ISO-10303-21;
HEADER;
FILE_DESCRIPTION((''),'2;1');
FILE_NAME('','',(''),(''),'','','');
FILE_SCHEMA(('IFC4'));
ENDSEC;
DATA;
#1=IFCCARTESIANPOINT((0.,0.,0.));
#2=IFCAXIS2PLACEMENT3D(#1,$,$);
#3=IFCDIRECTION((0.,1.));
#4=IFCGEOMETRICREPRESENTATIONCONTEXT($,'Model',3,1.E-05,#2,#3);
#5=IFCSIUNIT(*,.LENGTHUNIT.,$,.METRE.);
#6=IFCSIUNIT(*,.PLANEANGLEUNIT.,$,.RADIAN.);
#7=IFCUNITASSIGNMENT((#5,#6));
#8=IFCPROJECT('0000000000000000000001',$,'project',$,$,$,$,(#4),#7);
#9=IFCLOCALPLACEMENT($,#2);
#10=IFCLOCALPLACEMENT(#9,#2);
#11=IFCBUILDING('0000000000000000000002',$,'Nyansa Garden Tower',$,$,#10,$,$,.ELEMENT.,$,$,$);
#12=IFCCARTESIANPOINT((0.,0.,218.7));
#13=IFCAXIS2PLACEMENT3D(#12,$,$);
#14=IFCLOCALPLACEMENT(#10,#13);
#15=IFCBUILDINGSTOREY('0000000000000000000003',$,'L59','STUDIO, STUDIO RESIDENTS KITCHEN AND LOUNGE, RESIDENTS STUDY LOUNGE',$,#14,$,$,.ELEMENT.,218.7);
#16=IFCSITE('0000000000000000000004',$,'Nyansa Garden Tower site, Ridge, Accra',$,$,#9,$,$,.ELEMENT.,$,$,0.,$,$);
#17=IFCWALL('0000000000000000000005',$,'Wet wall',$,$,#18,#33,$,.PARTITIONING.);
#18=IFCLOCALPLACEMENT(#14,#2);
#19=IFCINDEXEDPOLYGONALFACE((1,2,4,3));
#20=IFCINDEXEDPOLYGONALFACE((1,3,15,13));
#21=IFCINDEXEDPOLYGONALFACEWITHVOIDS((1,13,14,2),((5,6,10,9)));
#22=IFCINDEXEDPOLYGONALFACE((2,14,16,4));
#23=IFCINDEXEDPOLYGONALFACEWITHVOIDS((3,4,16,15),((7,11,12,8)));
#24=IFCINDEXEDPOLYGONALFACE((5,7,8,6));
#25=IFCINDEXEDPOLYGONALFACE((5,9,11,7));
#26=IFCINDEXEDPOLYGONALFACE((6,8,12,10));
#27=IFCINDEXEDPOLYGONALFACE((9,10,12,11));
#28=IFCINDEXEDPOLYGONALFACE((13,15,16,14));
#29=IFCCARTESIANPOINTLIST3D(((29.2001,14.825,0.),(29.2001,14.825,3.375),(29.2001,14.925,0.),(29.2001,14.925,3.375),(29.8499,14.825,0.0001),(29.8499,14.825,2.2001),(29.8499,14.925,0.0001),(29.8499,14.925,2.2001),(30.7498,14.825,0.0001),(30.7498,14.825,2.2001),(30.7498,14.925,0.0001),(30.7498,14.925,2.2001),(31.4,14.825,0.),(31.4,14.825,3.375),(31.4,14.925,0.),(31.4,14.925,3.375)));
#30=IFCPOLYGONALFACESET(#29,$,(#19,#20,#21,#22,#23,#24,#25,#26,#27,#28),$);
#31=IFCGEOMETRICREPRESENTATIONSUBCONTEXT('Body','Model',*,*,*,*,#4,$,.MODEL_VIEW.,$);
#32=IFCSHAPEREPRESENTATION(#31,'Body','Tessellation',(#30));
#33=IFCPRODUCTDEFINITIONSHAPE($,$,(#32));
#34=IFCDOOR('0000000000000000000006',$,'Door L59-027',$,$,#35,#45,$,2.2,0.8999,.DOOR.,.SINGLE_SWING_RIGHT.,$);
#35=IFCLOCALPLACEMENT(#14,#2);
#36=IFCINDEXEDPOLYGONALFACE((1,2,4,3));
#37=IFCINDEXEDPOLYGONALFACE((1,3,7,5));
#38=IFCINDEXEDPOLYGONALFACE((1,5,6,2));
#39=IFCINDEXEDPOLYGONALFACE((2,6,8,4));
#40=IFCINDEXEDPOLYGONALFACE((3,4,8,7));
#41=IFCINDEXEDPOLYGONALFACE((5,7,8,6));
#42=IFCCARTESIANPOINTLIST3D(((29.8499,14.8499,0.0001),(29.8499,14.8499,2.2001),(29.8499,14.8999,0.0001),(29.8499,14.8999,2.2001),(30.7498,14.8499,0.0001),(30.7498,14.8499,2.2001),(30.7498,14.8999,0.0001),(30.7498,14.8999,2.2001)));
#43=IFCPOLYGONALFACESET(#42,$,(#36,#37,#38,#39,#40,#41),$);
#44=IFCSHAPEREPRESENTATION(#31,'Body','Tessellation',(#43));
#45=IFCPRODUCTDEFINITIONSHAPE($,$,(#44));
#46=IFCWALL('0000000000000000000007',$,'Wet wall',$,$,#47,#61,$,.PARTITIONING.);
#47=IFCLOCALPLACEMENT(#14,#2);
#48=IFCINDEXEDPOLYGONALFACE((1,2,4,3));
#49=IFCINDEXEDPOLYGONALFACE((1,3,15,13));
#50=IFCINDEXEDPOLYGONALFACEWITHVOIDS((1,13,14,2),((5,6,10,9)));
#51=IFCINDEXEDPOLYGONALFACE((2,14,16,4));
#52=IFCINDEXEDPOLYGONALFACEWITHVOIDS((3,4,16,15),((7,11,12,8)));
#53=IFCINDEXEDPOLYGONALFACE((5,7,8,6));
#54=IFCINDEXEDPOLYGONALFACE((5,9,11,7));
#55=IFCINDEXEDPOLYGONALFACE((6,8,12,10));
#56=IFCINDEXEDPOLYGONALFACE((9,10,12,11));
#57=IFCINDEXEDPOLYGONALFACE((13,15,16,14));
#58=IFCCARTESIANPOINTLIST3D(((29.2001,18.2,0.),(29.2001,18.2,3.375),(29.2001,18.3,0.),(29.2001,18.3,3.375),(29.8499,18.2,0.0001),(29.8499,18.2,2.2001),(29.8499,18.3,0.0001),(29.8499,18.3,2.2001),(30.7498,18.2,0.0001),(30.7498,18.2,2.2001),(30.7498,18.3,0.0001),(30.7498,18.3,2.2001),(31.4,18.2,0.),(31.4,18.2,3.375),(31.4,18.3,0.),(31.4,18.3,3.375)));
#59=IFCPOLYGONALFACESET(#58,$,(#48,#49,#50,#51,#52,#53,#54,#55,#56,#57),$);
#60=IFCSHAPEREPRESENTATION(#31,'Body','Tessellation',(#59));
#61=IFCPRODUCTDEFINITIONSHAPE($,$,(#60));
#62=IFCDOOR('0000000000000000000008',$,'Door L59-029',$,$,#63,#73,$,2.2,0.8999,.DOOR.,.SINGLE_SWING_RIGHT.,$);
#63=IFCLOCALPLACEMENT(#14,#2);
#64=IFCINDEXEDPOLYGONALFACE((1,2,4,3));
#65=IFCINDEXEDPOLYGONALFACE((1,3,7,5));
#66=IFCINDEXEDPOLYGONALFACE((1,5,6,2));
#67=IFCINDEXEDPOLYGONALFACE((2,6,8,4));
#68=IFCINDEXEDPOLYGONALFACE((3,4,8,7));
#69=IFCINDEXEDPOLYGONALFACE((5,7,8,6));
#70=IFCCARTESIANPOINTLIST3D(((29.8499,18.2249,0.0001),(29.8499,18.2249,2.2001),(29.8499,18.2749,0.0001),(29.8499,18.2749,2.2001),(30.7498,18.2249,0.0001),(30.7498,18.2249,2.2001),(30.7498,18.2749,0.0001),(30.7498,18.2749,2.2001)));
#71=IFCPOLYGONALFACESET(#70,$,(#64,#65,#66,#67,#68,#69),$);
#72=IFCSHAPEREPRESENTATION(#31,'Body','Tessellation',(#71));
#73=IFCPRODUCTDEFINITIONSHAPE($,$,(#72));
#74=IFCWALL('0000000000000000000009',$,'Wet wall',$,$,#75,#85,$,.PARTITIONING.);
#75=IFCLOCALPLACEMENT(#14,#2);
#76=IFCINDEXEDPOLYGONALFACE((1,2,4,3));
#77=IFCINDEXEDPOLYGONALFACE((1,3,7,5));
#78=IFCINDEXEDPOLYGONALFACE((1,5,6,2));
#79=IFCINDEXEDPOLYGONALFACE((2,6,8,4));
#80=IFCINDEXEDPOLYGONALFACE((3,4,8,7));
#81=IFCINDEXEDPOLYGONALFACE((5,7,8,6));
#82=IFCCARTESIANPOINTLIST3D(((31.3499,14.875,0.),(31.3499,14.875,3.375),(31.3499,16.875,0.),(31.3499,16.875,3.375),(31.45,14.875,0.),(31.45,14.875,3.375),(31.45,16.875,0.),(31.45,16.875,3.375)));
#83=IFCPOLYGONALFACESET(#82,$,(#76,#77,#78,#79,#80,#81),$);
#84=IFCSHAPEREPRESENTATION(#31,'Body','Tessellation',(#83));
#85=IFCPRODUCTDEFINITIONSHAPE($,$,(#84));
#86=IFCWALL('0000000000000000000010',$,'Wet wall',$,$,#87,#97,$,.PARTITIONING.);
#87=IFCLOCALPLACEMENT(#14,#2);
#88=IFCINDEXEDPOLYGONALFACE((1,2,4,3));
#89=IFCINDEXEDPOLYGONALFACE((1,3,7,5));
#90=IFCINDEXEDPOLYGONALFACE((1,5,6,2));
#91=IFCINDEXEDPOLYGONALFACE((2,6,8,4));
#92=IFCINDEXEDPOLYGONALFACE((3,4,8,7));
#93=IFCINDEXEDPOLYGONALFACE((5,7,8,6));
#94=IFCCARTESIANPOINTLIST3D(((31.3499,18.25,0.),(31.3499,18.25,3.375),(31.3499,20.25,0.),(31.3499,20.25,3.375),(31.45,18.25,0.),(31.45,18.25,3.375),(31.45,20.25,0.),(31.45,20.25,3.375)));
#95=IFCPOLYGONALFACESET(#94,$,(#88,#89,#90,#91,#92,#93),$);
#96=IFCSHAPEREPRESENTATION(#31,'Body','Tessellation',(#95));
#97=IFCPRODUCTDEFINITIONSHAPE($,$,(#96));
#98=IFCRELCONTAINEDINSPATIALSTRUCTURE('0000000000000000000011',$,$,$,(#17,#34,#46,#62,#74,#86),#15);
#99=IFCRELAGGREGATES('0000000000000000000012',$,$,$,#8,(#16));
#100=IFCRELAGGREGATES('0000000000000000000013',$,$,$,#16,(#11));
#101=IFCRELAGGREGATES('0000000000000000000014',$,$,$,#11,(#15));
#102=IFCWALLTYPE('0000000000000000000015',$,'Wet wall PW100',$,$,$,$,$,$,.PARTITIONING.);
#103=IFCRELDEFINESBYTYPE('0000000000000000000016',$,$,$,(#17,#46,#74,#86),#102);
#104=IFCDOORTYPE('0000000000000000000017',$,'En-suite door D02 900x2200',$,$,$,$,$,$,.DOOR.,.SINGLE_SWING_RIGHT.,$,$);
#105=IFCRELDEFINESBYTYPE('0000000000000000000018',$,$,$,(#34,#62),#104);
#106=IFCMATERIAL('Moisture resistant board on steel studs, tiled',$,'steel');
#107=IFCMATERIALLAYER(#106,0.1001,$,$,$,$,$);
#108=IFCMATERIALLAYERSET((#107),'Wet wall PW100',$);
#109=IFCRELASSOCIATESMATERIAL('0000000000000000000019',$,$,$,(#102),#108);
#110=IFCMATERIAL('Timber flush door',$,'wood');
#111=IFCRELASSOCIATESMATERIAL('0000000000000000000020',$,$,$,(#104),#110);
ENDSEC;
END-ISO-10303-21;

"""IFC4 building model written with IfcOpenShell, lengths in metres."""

from ifc_helpers import new_model, si_unit, direction, frame, frame_2d, origin, place, context, subcontext, project, spatial, rectangle, extrude, material, layer, layer_set, type_object, element, fill, save


model = new_model("IFC4")

# Units and contexts
model_context = context("Model", 3, precision=1e-05, world=origin(), true_north=direction((0.0, 1.0)))
body_context = subcontext(model_context, "Body", "Model", "MODEL_VIEW")
ifc_project = project(units=[si_unit("LENGTHUNIT", "METRE"), si_unit("PLANEANGLEUNIT", "RADIAN")], contexts=[model_context])

# Site, building, storey
site_placement = place(None, origin())
site = spatial("IfcSite", under=ifc_project, at=site_placement, Name="Nyansa Garden Tower site, Ridge, Accra", CompositionType="ELEMENT", RefElevation=0.0)
building_placement = place(site_placement, origin())
building = spatial("IfcBuilding", under=site, at=building_placement, Name="Nyansa Garden Tower", CompositionType="ELEMENT")
storey_placement = place(building_placement, frame((0.0, 0.0, 218.7)))
storey = spatial("IfcBuildingStorey", under=building, at=storey_placement, Name="L59", Description="STUDIO, STUDIO RESIDENTS KITCHEN AND LOUNGE, RESIDENTS STUDY LOUNGE", CompositionType="ELEMENT", Elevation=218.7)

# Walls, openings, doors
ifc_material_1 = material(Name="Moisture resistant board on steel studs, tiled", Category="steel")
ifc_layer_1 = layer(ifc_material_1, 0.1001)
ifc_layer_set_1 = layer_set([ifc_layer_1], Name="Wet wall PW100")
wall_type_1 = type_object("IfcWallType", Name="Wet wall PW100", PredefinedType="PARTITIONING", material=ifc_layer_set_1)
wall_1_placement = place(storey_placement, frame((29.2, 14.875, 0.0), z_axis=(0.0, 0.0, 1.0), x_axis=(1.0, 0.0, 0.0)))
wall_1 = element("IfcWall", 1, at=wall_1_placement, inside=storey, type_object=wall_type_1, Name="Wet wall", PredefinedType="PARTITIONING", context=body_context, shape_type="SweptSolid", body=[
    extrude(rectangle(XDim=2.2, YDim=0.1001, at=frame_2d((1.1001, 0.0))), origin(), (0.0, 0.0, 1.0), 3.375),
])
opening_1_placement = place(wall_1_placement, frame((0.6499, 0.0, 0.0)))
opening_1 = element("IfcOpeningElement", 2, at=opening_1_placement, cuts=wall_1, PredefinedType="OPENING", context=body_context, shape_type="SweptSolid", body=[
    extrude(rectangle(XDim=0.8999, YDim=2.2, at=frame_2d((0.45, 1.1001))), frame((0.0, 0.0601, 0.0), z_axis=(0.0, -1.0, 0.0), x_axis=(1.0, 0.0, 0.0)), (0.0, 0.0, 1.0), 0.1201),
])
ifc_material_2 = material(Name="Timber flush door", Category="wood")
door_type_1 = type_object("IfcDoorType", Name="En-suite door D02 900x2200", OperationType="SINGLE_SWING_RIGHT", PredefinedType="DOOR", material=ifc_material_2)
door_1_placement = place(opening_1_placement, origin())
door_1 = element("IfcDoor", 3, at=door_1_placement, inside=storey, type_object=door_type_1, Name="Door L59-027", OperationType="SINGLE_SWING_RIGHT", OverallHeight=2.2, OverallWidth=0.8999, PredefinedType="DOOR", context=body_context, shape_type="SweptSolid", body=[
    extrude(rectangle(XDim=0.8999, YDim=2.2, at=frame_2d((0.45, 1.1001))), frame((0.0, 0.0249, 0.0), z_axis=(0.0, -1.0, 0.0), x_axis=(1.0, 0.0, 0.0)), (0.0, 0.0, 1.0), 0.05),
])
fill(opening_1, door_1)
wall_2_placement = place(storey_placement, frame((29.2, 18.25, 0.0), z_axis=(0.0, 0.0, 1.0), x_axis=(1.0, 0.0, 0.0)))
wall_2 = element("IfcWall", 4, at=wall_2_placement, inside=storey, type_object=wall_type_1, Name="Wet wall", PredefinedType="PARTITIONING", context=body_context, shape_type="SweptSolid", body=[
    extrude(rectangle(XDim=2.2, YDim=0.1001, at=frame_2d((1.1001, 0.0))), origin(), (0.0, 0.0, 1.0), 3.375),
])
opening_2_placement = place(wall_2_placement, frame((0.6499, 0.0, 0.0)))
opening_2 = element("IfcOpeningElement", 5, at=opening_2_placement, cuts=wall_2, PredefinedType="OPENING", context=body_context, shape_type="SweptSolid", body=[
    extrude(rectangle(XDim=0.8999, YDim=2.2, at=frame_2d((0.45, 1.1001))), frame((0.0, 0.0601, 0.0), z_axis=(0.0, -1.0, 0.0), x_axis=(1.0, 0.0, 0.0)), (0.0, 0.0, 1.0), 0.1201),
])
door_2_placement = place(opening_2_placement, origin())
door_2 = element("IfcDoor", 6, at=door_2_placement, inside=storey, type_object=door_type_1, Name="Door L59-029", OperationType="SINGLE_SWING_RIGHT", OverallHeight=2.2, OverallWidth=0.8999, PredefinedType="DOOR", context=body_context, shape_type="SweptSolid", body=[
    extrude(rectangle(XDim=0.8999, YDim=2.2, at=frame_2d((0.45, 1.1001))), frame((0.0, 0.0249, 0.0), z_axis=(0.0, -1.0, 0.0), x_axis=(1.0, 0.0, 0.0)), (0.0, 0.0, 1.0), 0.05),
])
fill(opening_2, door_2)

# Walls
for number, where, z_axis, x_axis, name in (
    (7, (31.3999, 14.875, 0.0), (0.0, 0.0, 1.0), (0.0, 1.0, 0.0), "Wet wall"),
    (8, (31.3999, 18.25, 0.0), (0.0, 0.0, 1.0), (0.0, 1.0, 0.0), "Wet wall"),
):
    element("IfcWall", number, at=place(storey_placement, frame(where, z_axis=z_axis, x_axis=x_axis)), inside=storey, type_object=wall_type_1, Name=name, PredefinedType="PARTITIONING", context=body_context, shape_type="SweptSolid", body=[
        extrude(rectangle(XDim=2.0, YDim=0.1001, at=frame_2d((1.0, 0.0))), origin(), (0.0, 0.0, 1.0), 3.375),
    ])

save(model, "model.ifc")
